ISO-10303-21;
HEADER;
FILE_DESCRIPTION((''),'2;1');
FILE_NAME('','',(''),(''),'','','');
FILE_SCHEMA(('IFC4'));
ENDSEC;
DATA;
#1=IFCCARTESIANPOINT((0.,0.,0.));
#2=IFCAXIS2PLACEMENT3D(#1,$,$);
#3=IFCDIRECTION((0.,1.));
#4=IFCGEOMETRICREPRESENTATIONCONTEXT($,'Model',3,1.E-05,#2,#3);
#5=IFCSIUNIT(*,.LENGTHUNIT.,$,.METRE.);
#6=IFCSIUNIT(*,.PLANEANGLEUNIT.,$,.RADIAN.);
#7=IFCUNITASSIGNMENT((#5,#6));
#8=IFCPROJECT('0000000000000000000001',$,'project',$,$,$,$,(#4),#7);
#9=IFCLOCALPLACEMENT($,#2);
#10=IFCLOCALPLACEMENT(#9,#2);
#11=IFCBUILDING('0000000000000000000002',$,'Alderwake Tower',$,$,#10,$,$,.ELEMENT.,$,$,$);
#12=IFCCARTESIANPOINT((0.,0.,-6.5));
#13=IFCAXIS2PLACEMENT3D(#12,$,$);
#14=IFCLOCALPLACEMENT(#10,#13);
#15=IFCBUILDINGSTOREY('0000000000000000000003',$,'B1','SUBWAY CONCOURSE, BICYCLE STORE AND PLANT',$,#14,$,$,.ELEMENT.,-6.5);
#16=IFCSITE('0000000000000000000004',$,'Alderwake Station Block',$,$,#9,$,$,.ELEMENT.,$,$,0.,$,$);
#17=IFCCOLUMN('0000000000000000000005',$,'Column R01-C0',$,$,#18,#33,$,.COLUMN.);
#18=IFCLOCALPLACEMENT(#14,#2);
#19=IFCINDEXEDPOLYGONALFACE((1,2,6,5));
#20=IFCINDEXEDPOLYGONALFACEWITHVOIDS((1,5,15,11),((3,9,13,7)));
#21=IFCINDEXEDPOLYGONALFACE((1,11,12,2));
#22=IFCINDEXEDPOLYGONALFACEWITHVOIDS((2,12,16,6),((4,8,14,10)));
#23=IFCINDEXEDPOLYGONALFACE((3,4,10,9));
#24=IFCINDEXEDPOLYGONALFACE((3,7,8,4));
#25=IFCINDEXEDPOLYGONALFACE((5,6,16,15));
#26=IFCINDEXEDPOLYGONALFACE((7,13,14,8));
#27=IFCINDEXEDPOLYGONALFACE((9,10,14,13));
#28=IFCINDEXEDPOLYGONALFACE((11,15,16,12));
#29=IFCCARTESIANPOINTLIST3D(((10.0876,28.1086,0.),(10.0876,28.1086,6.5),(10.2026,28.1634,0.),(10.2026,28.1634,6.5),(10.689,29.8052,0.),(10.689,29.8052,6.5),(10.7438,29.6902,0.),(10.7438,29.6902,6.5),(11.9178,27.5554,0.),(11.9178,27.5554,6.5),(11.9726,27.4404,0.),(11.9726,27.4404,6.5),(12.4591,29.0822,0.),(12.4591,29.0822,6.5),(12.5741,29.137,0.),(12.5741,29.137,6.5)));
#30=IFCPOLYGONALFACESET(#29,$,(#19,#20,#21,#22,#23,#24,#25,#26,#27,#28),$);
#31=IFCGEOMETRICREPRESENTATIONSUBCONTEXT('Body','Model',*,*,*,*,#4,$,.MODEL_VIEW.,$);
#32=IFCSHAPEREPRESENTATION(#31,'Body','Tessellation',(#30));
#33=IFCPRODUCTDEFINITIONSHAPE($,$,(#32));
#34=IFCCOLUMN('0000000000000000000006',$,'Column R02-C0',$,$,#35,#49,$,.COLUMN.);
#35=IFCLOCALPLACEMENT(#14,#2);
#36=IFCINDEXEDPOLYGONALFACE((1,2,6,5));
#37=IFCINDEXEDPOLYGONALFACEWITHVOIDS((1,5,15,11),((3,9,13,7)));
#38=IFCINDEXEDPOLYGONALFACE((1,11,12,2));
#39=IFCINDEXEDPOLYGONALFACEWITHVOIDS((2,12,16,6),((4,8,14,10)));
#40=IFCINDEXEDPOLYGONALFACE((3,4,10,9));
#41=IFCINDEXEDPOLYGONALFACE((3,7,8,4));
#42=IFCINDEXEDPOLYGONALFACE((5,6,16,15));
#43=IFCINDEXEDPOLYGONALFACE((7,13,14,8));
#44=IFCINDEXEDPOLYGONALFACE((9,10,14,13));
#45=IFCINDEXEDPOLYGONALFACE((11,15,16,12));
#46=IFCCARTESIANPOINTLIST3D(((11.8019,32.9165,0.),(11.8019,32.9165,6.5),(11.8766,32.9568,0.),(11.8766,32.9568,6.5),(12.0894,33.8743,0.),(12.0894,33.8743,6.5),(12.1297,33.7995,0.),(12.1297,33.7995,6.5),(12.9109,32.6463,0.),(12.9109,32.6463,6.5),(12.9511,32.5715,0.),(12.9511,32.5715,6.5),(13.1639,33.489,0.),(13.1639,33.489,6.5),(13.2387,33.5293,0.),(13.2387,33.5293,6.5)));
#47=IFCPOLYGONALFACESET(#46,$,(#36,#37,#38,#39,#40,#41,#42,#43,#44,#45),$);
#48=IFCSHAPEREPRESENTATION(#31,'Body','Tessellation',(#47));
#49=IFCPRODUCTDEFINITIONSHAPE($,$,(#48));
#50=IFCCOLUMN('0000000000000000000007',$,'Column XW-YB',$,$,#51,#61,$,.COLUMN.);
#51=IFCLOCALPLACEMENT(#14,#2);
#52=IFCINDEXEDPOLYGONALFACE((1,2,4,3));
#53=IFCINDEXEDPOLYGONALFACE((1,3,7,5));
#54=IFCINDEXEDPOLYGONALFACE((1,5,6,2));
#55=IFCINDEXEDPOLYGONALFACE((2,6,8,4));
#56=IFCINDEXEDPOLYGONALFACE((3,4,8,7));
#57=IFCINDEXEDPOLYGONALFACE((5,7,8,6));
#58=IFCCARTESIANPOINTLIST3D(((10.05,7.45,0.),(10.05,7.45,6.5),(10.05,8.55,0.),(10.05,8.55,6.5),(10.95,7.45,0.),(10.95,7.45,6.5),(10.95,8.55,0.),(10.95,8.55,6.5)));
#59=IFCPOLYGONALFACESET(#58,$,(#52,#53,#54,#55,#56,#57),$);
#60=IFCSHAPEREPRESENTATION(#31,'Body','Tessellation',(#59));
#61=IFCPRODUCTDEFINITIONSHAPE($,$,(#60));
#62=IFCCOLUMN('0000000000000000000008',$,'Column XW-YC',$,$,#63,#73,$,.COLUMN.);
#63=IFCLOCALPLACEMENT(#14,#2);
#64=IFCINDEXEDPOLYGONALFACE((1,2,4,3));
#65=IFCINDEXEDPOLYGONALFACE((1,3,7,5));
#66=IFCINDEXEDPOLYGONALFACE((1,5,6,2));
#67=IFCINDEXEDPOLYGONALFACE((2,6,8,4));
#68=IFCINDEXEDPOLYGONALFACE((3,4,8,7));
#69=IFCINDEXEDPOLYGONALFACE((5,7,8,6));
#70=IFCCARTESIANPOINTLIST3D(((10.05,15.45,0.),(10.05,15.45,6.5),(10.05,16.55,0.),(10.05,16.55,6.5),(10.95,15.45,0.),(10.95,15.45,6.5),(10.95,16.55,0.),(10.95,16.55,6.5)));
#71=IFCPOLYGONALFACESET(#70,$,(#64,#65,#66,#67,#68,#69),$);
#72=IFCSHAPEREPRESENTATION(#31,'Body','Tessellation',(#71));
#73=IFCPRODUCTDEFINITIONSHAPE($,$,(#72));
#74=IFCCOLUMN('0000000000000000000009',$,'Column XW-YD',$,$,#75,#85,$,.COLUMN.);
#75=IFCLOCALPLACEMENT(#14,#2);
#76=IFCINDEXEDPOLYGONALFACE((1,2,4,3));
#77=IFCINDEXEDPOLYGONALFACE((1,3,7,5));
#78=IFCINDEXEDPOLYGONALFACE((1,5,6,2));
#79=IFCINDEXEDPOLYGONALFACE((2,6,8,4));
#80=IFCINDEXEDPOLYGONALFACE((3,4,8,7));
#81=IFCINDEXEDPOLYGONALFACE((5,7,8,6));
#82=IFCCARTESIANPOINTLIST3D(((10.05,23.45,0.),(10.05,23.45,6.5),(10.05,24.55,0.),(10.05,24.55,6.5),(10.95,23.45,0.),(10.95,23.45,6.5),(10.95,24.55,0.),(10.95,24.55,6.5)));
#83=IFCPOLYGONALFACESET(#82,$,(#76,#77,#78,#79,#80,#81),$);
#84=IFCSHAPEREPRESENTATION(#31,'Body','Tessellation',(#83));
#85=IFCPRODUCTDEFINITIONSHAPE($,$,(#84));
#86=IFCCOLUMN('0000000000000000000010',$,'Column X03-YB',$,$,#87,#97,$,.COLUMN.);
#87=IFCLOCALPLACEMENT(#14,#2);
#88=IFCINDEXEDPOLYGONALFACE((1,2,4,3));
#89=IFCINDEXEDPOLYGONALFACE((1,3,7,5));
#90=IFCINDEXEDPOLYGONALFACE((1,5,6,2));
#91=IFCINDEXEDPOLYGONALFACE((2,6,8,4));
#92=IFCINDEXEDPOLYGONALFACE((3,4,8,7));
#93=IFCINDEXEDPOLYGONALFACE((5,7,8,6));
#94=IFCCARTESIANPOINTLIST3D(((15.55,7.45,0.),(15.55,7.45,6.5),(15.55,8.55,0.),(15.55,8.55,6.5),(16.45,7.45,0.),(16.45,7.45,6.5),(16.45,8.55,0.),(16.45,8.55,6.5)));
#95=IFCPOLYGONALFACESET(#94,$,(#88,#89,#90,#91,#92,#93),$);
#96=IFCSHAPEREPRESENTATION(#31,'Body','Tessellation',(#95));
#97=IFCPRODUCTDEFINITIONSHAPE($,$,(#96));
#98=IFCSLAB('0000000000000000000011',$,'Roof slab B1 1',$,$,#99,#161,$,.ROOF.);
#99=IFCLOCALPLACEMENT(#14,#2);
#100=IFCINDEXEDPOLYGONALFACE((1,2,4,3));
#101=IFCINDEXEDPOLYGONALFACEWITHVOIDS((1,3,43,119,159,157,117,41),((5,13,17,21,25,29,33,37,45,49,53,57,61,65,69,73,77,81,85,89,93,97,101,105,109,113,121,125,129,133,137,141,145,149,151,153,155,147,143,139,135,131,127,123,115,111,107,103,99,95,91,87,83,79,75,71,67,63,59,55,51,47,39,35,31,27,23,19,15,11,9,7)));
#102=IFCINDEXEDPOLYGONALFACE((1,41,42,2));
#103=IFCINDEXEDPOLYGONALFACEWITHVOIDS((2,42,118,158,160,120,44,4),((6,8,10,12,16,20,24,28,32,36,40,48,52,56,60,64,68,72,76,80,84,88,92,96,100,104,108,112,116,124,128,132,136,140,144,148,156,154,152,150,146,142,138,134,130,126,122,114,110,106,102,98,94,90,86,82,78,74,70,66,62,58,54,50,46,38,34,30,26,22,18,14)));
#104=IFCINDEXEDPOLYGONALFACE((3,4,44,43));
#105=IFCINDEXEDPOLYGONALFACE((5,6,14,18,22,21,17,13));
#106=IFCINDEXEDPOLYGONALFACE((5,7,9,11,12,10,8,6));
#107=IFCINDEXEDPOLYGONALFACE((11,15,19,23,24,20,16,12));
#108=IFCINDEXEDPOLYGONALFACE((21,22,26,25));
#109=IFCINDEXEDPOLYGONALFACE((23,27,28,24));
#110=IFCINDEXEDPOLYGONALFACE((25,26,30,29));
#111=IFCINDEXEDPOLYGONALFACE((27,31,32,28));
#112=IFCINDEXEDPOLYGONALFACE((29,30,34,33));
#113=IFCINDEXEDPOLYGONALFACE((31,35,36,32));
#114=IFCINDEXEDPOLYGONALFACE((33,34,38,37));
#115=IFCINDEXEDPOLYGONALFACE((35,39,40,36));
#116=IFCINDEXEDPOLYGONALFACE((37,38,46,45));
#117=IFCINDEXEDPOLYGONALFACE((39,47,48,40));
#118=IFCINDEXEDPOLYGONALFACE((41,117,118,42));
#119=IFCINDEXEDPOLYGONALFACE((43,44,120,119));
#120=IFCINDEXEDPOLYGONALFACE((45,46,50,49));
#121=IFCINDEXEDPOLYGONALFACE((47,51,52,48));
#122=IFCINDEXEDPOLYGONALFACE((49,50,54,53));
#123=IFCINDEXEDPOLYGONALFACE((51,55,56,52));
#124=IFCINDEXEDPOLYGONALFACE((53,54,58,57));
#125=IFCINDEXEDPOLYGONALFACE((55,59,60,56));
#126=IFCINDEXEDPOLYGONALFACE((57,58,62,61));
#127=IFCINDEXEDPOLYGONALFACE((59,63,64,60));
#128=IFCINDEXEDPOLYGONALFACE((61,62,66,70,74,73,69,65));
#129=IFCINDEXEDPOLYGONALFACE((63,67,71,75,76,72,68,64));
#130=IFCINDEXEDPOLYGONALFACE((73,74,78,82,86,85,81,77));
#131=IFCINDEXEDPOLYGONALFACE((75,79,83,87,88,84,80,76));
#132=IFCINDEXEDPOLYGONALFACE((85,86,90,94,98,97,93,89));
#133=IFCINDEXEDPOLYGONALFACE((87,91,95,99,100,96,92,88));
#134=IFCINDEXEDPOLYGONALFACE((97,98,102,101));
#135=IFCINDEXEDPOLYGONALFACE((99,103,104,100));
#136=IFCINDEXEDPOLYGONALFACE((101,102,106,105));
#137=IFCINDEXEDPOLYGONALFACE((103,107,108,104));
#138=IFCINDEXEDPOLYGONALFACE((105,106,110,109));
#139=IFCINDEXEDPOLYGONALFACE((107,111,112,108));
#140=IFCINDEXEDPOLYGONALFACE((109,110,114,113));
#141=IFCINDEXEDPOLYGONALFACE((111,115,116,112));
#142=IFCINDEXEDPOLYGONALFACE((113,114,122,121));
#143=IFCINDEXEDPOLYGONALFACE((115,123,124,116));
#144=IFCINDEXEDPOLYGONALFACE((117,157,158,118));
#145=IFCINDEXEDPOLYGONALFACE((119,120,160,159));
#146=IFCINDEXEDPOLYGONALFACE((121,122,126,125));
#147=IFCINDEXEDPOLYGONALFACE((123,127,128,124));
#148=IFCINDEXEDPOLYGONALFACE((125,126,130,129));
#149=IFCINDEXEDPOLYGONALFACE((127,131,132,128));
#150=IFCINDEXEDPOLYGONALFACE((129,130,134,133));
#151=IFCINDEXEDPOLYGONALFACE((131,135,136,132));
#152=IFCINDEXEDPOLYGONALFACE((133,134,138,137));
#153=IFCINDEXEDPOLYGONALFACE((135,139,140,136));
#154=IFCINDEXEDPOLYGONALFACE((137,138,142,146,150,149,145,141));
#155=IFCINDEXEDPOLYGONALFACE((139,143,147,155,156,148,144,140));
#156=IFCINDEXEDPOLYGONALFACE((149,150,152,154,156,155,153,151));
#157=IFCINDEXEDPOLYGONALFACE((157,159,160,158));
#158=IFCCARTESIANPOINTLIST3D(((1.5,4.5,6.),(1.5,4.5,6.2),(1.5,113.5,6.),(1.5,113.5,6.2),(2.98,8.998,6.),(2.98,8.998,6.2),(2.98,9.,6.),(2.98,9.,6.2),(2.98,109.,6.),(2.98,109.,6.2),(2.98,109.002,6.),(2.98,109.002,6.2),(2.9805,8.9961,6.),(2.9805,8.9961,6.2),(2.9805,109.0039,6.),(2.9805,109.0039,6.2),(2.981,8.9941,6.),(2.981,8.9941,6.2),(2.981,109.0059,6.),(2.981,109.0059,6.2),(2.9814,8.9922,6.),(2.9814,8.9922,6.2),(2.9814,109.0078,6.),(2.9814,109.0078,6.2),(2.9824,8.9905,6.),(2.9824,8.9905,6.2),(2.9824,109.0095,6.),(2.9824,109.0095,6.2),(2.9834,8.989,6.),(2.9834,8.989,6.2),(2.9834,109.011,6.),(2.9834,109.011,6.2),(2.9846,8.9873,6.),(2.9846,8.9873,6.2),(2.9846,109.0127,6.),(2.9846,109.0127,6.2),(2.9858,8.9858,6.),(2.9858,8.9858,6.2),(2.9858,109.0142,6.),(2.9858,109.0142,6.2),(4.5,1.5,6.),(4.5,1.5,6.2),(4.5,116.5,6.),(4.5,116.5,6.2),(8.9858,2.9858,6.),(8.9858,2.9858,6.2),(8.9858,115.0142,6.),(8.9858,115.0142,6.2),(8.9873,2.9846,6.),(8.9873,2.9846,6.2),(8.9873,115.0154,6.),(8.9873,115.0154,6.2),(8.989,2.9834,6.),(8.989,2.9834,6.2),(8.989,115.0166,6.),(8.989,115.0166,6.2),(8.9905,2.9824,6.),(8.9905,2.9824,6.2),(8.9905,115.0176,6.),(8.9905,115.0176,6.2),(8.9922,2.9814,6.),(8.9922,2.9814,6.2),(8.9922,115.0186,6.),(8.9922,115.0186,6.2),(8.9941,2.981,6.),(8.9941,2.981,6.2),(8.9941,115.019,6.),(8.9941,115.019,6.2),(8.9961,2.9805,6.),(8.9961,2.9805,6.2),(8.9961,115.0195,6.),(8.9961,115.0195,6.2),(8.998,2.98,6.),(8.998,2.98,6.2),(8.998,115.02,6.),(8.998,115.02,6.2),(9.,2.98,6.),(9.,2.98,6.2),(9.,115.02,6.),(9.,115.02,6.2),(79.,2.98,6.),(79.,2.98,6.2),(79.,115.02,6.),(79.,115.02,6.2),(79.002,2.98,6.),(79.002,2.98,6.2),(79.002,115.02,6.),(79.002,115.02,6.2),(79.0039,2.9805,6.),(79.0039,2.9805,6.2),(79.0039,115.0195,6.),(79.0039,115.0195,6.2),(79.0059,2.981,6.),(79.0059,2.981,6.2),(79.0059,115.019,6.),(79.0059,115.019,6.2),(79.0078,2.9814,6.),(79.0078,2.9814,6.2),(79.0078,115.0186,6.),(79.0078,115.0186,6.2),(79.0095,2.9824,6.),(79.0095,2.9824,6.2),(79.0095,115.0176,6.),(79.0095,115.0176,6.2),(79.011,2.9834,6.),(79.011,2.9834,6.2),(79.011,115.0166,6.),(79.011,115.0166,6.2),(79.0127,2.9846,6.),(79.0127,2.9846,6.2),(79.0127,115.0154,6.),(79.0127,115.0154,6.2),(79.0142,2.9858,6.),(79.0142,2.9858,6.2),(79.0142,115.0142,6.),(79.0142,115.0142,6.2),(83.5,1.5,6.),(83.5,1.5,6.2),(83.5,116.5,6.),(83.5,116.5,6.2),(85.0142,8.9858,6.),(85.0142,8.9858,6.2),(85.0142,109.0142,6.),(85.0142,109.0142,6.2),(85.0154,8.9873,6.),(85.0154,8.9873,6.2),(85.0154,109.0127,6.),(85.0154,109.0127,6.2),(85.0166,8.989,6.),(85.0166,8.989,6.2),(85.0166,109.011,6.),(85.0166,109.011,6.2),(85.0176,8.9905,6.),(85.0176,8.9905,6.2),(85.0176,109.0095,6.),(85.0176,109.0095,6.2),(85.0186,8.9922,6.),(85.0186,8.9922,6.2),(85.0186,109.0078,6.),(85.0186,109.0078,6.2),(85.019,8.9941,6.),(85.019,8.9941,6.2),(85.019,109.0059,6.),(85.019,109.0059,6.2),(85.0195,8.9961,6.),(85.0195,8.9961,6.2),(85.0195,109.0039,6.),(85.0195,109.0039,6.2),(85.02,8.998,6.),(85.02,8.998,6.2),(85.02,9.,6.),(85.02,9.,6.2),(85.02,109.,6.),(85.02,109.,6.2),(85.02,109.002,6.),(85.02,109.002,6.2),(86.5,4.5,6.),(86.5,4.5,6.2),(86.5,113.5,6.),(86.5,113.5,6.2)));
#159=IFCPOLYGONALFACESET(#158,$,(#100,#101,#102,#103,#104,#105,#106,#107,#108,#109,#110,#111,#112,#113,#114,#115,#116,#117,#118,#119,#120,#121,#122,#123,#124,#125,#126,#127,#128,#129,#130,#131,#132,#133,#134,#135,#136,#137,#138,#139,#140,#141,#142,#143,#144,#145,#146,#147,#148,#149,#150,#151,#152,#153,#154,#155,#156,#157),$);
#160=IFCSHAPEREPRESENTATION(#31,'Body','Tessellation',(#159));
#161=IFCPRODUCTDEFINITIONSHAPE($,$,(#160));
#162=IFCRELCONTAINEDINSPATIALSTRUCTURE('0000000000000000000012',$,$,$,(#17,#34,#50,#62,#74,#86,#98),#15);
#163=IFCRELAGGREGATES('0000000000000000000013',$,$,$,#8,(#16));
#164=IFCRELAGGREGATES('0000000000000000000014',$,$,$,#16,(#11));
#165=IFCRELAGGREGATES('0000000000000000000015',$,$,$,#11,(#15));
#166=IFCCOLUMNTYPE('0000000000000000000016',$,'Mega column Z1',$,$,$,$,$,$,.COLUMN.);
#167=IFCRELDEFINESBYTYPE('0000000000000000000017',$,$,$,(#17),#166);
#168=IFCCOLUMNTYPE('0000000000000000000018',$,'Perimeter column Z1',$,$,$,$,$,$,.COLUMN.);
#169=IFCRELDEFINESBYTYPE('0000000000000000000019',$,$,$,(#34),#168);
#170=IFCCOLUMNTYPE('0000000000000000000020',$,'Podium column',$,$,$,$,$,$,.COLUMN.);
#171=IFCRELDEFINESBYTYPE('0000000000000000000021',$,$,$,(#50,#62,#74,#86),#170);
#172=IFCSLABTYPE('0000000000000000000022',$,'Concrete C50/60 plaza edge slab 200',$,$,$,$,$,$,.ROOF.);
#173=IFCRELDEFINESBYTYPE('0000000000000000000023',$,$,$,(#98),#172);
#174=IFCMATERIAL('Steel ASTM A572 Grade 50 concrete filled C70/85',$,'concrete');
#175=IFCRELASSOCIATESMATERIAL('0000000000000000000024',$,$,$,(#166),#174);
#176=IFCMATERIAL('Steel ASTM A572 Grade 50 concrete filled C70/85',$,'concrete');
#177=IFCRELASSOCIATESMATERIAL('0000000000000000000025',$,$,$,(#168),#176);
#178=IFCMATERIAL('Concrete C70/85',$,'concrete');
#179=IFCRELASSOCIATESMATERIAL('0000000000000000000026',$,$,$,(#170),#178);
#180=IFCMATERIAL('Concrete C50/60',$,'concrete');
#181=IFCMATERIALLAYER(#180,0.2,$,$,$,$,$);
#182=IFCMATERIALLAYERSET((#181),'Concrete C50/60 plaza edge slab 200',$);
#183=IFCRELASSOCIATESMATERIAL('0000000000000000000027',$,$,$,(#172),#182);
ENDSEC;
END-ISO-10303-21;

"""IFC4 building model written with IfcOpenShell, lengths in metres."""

from ifc_helpers import new_model, si_unit, direction, frame, origin, origin_2d, place, context, subcontext, project, spatial, polyline, rectangle, hollow_rectangle, outline, extrude, material, layer, layer_set, material_profile, profile_set, type_object, element, save


model = new_model("IFC4")

# Units and contexts
model_context = context("Model", 3, precision=1e-05, world=origin(), true_north=direction((0.0, 1.0)))
body_context = subcontext(model_context, "Body", "Model", "MODEL_VIEW")
ifc_project = project(units=[si_unit("LENGTHUNIT", "METRE"), si_unit("PLANEANGLEUNIT", "RADIAN")], contexts=[model_context])

# Site, building, storey
site_placement = place(None, origin())
site = spatial("IfcSite", under=ifc_project, at=site_placement, Name="Alderwake Station Block", CompositionType="ELEMENT", RefElevation=0.0)
building_placement = place(site_placement, origin())
building = spatial("IfcBuilding", under=site, at=building_placement, Name="Alderwake Tower", CompositionType="ELEMENT")
storey_placement = place(building_placement, frame((0.0, 0.0, -6.5)))
storey = spatial("IfcBuildingStorey", under=building, at=storey_placement, Name="B1", Description="SUBWAY CONCOURSE, BICYCLE STORE AND PLANT", CompositionType="ELEMENT", Elevation=-6.5)

# Columns
ifc_material_1 = material(Name="Steel ASTM A572 Grade 50 concrete filled C70/85", Category="concrete")
ifc_material_profile_1 = material_profile(ifc_material_1, hollow_rectangle(XDim=1.8, YDim=2.0, WallThickness=0.0901, at=origin_2d()), Name="BOX 2000X1800X90")
ifc_profile_set_1 = profile_set([ifc_material_profile_1], Name="Steel ASTM A572 Grade 50 concrete filled C70/85")
column_type_1 = type_object("IfcColumnType", Name="Mega column Z1", PredefinedType="COLUMN", material=ifc_profile_set_1)
column_1_placement = place(storey_placement, frame((11.3308, 28.6228, 0.0), z_axis=(0.0, 0.0, 1.0), x_axis=(0.334131, 0.942527, 0.0)))
element("IfcColumn", 1, at=column_1_placement, inside=storey, type_object=column_type_1, Name="Column R01-C0", PredefinedType="COLUMN", context=body_context, shape_type="SweptSolid", body=[
    extrude(hollow_rectangle(XDim=1.8, YDim=2.0, WallThickness=0.0901, at=origin_2d()), origin(), (0.0, 0.0, 1.0), 6.5),
])
ifc_material_2 = material(Name="Steel ASTM A572 Grade 50 concrete filled C70/85", Category="concrete")
ifc_material_profile_2 = material_profile(ifc_material_2, hollow_rectangle(XDim=1.0, YDim=1.2, WallThickness=0.0601, at=origin_2d()), Name="BOX 1200X1000X60")
ifc_profile_set_2 = profile_set([ifc_material_profile_2], Name="Steel ASTM A572 Grade 50 concrete filled C70/85")
column_type_2 = type_object("IfcColumnType", Name="Perimeter column Z1", PredefinedType="COLUMN", material=ifc_profile_set_2)
column_2_placement = place(storey_placement, frame((12.5203, 33.2229, 0.0), z_axis=(0.0, 0.0, 1.0), x_axis=(0.287549, 0.957766, 0.0)))
element("IfcColumn", 2, at=column_2_placement, inside=storey, type_object=column_type_2, Name="Column R02-C0", PredefinedType="COLUMN", context=body_context, shape_type="SweptSolid", body=[
    extrude(hollow_rectangle(XDim=1.0, YDim=1.2, WallThickness=0.0601, at=origin_2d()), origin(), (0.0, 0.0, 1.0), 6.5),
])
ifc_material_3 = material(Name="Concrete C70/85", Category="concrete")
ifc_material_profile_3 = material_profile(ifc_material_3, rectangle(XDim=0.8999, YDim=1.1001, at=origin_2d()), Name="RC 1100X900")
ifc_profile_set_3 = profile_set([ifc_material_profile_3], Name="Concrete C70/85")
column_type_3 = type_object("IfcColumnType", Name="Podium column", PredefinedType="COLUMN", material=ifc_profile_set_3)
for number, where, z_axis, x_axis, name in (
    (3, (10.5, 8.0, 0.0), (0.0, 0.0, 1.0), (1.0, 0.0, 0.0), "Column XW-YB"),
    (4, (10.5, 16.0, 0.0), (0.0, 0.0, 1.0), (1.0, 0.0, 0.0), "Column XW-YC"),
    (5, (10.5, 24.0, 0.0), (0.0, 0.0, 1.0), (1.0, 0.0, 0.0), "Column XW-YD"),
    (6, (16.0, 8.0, 0.0), (0.0, 0.0, 1.0), (1.0, 0.0, 0.0), "Column X03-YB"),
):
    element("IfcColumn", number, at=place(storey_placement, frame(where, z_axis=z_axis, x_axis=x_axis)), inside=storey, type_object=column_type_3, Name=name, PredefinedType="COLUMN", context=body_context, shape_type="SweptSolid", body=[
        extrude(rectangle(XDim=0.8999, YDim=1.1001, at=origin_2d()), origin(), (0.0, 0.0, 1.0), 6.5),
    ])

# Slab
ifc_material_4 = material(Name="Concrete C50/60", Category="concrete")
ifc_layer_1 = layer(ifc_material_4, 0.2)
ifc_layer_set_1 = layer_set([ifc_layer_1], Name="Concrete C50/60 plaza edge slab 200")
slab_type_1 = type_object("IfcSlabType", Name="Concrete C50/60 plaza edge slab 200", PredefinedType="ROOF", material=ifc_layer_set_1)
slab_1_placement = place(storey_placement, frame((0.0, 0.0, 6.0)))
element("IfcSlab", 7, at=slab_1_placement, inside=storey, type_object=slab_type_1, Name="Roof slab B1 1", PredefinedType="ROOF", context=body_context, shape_type="SweptSolid", body=[
    extrude(outline(polyline([(1.5, 113.5), (4.5, 116.5), (83.5, 116.5), (86.5, 113.5), (86.5, 4.5), (83.5, 1.5), (4.5, 1.5), (1.5, 4.5), (1.5, 113.5)]), holes=[polyline([(8.989, 2.9834), (8.9905, 2.9824), (8.9922, 2.9814), (8.9941, 2.981), (8.9961, 2.9805), (8.998, 2.98), (9.0, 2.98), (79.0, 2.98), (79.002, 2.98), (79.0039, 2.9805), (79.0059, 2.981), (79.0078, 2.9814), (79.0095, 2.9824), (79.011, 2.9834), (79.0127, 2.9846), (79.0142, 2.9858), (85.0142, 8.9858), (85.0154, 8.9873), (85.0166, 8.989), (85.0176, 8.9905), (85.0186, 8.9922), (85.019, 8.9941), (85.0195, 8.9961), (85.02, 8.998), (85.02, 9.0), (85.02, 109.0), (85.02, 109.002), (85.0195, 109.0039), (85.019, 109.0059), (85.0186, 109.0078), (85.0176, 109.0095), (85.0166, 109.011), (85.0154, 109.0127), (85.0142, 109.0142), (79.0142, 115.0142), (79.0127, 115.0154), (79.011, 115.0166), (79.0095, 115.0176), (79.0078, 115.0186), (79.0059, 115.019), (79.0039, 115.0195), (79.002, 115.02), (79.0, 115.02), (9.0, 115.02), (8.998, 115.02), (8.9961, 115.0195), (8.9941, 115.019), (8.9922, 115.0186), (8.9905, 115.0176), (8.989, 115.0166), (8.9873, 115.0154), (8.9858, 115.0142), (2.9858, 109.0142), (2.9846, 109.0127), (2.9834, 109.011), (2.9824, 109.0095), (2.9814, 109.0078), (2.981, 109.0059), (2.9805, 109.0039), (2.98, 109.002), (2.98, 109.0), (2.98, 9.0), (2.98, 8.998), (2.9805, 8.9961), (2.981, 8.9941), (2.9814, 8.9922), (2.9824, 8.9905), (2.9834, 8.989), (2.9846, 8.9873), (2.9858, 8.9858), (8.9858, 2.9858), (8.9873, 2.9846), (8.989, 2.9834)])]), origin(), (0.0, 0.0, 1.0), 0.2),
])

save(model, "model.ifc")
